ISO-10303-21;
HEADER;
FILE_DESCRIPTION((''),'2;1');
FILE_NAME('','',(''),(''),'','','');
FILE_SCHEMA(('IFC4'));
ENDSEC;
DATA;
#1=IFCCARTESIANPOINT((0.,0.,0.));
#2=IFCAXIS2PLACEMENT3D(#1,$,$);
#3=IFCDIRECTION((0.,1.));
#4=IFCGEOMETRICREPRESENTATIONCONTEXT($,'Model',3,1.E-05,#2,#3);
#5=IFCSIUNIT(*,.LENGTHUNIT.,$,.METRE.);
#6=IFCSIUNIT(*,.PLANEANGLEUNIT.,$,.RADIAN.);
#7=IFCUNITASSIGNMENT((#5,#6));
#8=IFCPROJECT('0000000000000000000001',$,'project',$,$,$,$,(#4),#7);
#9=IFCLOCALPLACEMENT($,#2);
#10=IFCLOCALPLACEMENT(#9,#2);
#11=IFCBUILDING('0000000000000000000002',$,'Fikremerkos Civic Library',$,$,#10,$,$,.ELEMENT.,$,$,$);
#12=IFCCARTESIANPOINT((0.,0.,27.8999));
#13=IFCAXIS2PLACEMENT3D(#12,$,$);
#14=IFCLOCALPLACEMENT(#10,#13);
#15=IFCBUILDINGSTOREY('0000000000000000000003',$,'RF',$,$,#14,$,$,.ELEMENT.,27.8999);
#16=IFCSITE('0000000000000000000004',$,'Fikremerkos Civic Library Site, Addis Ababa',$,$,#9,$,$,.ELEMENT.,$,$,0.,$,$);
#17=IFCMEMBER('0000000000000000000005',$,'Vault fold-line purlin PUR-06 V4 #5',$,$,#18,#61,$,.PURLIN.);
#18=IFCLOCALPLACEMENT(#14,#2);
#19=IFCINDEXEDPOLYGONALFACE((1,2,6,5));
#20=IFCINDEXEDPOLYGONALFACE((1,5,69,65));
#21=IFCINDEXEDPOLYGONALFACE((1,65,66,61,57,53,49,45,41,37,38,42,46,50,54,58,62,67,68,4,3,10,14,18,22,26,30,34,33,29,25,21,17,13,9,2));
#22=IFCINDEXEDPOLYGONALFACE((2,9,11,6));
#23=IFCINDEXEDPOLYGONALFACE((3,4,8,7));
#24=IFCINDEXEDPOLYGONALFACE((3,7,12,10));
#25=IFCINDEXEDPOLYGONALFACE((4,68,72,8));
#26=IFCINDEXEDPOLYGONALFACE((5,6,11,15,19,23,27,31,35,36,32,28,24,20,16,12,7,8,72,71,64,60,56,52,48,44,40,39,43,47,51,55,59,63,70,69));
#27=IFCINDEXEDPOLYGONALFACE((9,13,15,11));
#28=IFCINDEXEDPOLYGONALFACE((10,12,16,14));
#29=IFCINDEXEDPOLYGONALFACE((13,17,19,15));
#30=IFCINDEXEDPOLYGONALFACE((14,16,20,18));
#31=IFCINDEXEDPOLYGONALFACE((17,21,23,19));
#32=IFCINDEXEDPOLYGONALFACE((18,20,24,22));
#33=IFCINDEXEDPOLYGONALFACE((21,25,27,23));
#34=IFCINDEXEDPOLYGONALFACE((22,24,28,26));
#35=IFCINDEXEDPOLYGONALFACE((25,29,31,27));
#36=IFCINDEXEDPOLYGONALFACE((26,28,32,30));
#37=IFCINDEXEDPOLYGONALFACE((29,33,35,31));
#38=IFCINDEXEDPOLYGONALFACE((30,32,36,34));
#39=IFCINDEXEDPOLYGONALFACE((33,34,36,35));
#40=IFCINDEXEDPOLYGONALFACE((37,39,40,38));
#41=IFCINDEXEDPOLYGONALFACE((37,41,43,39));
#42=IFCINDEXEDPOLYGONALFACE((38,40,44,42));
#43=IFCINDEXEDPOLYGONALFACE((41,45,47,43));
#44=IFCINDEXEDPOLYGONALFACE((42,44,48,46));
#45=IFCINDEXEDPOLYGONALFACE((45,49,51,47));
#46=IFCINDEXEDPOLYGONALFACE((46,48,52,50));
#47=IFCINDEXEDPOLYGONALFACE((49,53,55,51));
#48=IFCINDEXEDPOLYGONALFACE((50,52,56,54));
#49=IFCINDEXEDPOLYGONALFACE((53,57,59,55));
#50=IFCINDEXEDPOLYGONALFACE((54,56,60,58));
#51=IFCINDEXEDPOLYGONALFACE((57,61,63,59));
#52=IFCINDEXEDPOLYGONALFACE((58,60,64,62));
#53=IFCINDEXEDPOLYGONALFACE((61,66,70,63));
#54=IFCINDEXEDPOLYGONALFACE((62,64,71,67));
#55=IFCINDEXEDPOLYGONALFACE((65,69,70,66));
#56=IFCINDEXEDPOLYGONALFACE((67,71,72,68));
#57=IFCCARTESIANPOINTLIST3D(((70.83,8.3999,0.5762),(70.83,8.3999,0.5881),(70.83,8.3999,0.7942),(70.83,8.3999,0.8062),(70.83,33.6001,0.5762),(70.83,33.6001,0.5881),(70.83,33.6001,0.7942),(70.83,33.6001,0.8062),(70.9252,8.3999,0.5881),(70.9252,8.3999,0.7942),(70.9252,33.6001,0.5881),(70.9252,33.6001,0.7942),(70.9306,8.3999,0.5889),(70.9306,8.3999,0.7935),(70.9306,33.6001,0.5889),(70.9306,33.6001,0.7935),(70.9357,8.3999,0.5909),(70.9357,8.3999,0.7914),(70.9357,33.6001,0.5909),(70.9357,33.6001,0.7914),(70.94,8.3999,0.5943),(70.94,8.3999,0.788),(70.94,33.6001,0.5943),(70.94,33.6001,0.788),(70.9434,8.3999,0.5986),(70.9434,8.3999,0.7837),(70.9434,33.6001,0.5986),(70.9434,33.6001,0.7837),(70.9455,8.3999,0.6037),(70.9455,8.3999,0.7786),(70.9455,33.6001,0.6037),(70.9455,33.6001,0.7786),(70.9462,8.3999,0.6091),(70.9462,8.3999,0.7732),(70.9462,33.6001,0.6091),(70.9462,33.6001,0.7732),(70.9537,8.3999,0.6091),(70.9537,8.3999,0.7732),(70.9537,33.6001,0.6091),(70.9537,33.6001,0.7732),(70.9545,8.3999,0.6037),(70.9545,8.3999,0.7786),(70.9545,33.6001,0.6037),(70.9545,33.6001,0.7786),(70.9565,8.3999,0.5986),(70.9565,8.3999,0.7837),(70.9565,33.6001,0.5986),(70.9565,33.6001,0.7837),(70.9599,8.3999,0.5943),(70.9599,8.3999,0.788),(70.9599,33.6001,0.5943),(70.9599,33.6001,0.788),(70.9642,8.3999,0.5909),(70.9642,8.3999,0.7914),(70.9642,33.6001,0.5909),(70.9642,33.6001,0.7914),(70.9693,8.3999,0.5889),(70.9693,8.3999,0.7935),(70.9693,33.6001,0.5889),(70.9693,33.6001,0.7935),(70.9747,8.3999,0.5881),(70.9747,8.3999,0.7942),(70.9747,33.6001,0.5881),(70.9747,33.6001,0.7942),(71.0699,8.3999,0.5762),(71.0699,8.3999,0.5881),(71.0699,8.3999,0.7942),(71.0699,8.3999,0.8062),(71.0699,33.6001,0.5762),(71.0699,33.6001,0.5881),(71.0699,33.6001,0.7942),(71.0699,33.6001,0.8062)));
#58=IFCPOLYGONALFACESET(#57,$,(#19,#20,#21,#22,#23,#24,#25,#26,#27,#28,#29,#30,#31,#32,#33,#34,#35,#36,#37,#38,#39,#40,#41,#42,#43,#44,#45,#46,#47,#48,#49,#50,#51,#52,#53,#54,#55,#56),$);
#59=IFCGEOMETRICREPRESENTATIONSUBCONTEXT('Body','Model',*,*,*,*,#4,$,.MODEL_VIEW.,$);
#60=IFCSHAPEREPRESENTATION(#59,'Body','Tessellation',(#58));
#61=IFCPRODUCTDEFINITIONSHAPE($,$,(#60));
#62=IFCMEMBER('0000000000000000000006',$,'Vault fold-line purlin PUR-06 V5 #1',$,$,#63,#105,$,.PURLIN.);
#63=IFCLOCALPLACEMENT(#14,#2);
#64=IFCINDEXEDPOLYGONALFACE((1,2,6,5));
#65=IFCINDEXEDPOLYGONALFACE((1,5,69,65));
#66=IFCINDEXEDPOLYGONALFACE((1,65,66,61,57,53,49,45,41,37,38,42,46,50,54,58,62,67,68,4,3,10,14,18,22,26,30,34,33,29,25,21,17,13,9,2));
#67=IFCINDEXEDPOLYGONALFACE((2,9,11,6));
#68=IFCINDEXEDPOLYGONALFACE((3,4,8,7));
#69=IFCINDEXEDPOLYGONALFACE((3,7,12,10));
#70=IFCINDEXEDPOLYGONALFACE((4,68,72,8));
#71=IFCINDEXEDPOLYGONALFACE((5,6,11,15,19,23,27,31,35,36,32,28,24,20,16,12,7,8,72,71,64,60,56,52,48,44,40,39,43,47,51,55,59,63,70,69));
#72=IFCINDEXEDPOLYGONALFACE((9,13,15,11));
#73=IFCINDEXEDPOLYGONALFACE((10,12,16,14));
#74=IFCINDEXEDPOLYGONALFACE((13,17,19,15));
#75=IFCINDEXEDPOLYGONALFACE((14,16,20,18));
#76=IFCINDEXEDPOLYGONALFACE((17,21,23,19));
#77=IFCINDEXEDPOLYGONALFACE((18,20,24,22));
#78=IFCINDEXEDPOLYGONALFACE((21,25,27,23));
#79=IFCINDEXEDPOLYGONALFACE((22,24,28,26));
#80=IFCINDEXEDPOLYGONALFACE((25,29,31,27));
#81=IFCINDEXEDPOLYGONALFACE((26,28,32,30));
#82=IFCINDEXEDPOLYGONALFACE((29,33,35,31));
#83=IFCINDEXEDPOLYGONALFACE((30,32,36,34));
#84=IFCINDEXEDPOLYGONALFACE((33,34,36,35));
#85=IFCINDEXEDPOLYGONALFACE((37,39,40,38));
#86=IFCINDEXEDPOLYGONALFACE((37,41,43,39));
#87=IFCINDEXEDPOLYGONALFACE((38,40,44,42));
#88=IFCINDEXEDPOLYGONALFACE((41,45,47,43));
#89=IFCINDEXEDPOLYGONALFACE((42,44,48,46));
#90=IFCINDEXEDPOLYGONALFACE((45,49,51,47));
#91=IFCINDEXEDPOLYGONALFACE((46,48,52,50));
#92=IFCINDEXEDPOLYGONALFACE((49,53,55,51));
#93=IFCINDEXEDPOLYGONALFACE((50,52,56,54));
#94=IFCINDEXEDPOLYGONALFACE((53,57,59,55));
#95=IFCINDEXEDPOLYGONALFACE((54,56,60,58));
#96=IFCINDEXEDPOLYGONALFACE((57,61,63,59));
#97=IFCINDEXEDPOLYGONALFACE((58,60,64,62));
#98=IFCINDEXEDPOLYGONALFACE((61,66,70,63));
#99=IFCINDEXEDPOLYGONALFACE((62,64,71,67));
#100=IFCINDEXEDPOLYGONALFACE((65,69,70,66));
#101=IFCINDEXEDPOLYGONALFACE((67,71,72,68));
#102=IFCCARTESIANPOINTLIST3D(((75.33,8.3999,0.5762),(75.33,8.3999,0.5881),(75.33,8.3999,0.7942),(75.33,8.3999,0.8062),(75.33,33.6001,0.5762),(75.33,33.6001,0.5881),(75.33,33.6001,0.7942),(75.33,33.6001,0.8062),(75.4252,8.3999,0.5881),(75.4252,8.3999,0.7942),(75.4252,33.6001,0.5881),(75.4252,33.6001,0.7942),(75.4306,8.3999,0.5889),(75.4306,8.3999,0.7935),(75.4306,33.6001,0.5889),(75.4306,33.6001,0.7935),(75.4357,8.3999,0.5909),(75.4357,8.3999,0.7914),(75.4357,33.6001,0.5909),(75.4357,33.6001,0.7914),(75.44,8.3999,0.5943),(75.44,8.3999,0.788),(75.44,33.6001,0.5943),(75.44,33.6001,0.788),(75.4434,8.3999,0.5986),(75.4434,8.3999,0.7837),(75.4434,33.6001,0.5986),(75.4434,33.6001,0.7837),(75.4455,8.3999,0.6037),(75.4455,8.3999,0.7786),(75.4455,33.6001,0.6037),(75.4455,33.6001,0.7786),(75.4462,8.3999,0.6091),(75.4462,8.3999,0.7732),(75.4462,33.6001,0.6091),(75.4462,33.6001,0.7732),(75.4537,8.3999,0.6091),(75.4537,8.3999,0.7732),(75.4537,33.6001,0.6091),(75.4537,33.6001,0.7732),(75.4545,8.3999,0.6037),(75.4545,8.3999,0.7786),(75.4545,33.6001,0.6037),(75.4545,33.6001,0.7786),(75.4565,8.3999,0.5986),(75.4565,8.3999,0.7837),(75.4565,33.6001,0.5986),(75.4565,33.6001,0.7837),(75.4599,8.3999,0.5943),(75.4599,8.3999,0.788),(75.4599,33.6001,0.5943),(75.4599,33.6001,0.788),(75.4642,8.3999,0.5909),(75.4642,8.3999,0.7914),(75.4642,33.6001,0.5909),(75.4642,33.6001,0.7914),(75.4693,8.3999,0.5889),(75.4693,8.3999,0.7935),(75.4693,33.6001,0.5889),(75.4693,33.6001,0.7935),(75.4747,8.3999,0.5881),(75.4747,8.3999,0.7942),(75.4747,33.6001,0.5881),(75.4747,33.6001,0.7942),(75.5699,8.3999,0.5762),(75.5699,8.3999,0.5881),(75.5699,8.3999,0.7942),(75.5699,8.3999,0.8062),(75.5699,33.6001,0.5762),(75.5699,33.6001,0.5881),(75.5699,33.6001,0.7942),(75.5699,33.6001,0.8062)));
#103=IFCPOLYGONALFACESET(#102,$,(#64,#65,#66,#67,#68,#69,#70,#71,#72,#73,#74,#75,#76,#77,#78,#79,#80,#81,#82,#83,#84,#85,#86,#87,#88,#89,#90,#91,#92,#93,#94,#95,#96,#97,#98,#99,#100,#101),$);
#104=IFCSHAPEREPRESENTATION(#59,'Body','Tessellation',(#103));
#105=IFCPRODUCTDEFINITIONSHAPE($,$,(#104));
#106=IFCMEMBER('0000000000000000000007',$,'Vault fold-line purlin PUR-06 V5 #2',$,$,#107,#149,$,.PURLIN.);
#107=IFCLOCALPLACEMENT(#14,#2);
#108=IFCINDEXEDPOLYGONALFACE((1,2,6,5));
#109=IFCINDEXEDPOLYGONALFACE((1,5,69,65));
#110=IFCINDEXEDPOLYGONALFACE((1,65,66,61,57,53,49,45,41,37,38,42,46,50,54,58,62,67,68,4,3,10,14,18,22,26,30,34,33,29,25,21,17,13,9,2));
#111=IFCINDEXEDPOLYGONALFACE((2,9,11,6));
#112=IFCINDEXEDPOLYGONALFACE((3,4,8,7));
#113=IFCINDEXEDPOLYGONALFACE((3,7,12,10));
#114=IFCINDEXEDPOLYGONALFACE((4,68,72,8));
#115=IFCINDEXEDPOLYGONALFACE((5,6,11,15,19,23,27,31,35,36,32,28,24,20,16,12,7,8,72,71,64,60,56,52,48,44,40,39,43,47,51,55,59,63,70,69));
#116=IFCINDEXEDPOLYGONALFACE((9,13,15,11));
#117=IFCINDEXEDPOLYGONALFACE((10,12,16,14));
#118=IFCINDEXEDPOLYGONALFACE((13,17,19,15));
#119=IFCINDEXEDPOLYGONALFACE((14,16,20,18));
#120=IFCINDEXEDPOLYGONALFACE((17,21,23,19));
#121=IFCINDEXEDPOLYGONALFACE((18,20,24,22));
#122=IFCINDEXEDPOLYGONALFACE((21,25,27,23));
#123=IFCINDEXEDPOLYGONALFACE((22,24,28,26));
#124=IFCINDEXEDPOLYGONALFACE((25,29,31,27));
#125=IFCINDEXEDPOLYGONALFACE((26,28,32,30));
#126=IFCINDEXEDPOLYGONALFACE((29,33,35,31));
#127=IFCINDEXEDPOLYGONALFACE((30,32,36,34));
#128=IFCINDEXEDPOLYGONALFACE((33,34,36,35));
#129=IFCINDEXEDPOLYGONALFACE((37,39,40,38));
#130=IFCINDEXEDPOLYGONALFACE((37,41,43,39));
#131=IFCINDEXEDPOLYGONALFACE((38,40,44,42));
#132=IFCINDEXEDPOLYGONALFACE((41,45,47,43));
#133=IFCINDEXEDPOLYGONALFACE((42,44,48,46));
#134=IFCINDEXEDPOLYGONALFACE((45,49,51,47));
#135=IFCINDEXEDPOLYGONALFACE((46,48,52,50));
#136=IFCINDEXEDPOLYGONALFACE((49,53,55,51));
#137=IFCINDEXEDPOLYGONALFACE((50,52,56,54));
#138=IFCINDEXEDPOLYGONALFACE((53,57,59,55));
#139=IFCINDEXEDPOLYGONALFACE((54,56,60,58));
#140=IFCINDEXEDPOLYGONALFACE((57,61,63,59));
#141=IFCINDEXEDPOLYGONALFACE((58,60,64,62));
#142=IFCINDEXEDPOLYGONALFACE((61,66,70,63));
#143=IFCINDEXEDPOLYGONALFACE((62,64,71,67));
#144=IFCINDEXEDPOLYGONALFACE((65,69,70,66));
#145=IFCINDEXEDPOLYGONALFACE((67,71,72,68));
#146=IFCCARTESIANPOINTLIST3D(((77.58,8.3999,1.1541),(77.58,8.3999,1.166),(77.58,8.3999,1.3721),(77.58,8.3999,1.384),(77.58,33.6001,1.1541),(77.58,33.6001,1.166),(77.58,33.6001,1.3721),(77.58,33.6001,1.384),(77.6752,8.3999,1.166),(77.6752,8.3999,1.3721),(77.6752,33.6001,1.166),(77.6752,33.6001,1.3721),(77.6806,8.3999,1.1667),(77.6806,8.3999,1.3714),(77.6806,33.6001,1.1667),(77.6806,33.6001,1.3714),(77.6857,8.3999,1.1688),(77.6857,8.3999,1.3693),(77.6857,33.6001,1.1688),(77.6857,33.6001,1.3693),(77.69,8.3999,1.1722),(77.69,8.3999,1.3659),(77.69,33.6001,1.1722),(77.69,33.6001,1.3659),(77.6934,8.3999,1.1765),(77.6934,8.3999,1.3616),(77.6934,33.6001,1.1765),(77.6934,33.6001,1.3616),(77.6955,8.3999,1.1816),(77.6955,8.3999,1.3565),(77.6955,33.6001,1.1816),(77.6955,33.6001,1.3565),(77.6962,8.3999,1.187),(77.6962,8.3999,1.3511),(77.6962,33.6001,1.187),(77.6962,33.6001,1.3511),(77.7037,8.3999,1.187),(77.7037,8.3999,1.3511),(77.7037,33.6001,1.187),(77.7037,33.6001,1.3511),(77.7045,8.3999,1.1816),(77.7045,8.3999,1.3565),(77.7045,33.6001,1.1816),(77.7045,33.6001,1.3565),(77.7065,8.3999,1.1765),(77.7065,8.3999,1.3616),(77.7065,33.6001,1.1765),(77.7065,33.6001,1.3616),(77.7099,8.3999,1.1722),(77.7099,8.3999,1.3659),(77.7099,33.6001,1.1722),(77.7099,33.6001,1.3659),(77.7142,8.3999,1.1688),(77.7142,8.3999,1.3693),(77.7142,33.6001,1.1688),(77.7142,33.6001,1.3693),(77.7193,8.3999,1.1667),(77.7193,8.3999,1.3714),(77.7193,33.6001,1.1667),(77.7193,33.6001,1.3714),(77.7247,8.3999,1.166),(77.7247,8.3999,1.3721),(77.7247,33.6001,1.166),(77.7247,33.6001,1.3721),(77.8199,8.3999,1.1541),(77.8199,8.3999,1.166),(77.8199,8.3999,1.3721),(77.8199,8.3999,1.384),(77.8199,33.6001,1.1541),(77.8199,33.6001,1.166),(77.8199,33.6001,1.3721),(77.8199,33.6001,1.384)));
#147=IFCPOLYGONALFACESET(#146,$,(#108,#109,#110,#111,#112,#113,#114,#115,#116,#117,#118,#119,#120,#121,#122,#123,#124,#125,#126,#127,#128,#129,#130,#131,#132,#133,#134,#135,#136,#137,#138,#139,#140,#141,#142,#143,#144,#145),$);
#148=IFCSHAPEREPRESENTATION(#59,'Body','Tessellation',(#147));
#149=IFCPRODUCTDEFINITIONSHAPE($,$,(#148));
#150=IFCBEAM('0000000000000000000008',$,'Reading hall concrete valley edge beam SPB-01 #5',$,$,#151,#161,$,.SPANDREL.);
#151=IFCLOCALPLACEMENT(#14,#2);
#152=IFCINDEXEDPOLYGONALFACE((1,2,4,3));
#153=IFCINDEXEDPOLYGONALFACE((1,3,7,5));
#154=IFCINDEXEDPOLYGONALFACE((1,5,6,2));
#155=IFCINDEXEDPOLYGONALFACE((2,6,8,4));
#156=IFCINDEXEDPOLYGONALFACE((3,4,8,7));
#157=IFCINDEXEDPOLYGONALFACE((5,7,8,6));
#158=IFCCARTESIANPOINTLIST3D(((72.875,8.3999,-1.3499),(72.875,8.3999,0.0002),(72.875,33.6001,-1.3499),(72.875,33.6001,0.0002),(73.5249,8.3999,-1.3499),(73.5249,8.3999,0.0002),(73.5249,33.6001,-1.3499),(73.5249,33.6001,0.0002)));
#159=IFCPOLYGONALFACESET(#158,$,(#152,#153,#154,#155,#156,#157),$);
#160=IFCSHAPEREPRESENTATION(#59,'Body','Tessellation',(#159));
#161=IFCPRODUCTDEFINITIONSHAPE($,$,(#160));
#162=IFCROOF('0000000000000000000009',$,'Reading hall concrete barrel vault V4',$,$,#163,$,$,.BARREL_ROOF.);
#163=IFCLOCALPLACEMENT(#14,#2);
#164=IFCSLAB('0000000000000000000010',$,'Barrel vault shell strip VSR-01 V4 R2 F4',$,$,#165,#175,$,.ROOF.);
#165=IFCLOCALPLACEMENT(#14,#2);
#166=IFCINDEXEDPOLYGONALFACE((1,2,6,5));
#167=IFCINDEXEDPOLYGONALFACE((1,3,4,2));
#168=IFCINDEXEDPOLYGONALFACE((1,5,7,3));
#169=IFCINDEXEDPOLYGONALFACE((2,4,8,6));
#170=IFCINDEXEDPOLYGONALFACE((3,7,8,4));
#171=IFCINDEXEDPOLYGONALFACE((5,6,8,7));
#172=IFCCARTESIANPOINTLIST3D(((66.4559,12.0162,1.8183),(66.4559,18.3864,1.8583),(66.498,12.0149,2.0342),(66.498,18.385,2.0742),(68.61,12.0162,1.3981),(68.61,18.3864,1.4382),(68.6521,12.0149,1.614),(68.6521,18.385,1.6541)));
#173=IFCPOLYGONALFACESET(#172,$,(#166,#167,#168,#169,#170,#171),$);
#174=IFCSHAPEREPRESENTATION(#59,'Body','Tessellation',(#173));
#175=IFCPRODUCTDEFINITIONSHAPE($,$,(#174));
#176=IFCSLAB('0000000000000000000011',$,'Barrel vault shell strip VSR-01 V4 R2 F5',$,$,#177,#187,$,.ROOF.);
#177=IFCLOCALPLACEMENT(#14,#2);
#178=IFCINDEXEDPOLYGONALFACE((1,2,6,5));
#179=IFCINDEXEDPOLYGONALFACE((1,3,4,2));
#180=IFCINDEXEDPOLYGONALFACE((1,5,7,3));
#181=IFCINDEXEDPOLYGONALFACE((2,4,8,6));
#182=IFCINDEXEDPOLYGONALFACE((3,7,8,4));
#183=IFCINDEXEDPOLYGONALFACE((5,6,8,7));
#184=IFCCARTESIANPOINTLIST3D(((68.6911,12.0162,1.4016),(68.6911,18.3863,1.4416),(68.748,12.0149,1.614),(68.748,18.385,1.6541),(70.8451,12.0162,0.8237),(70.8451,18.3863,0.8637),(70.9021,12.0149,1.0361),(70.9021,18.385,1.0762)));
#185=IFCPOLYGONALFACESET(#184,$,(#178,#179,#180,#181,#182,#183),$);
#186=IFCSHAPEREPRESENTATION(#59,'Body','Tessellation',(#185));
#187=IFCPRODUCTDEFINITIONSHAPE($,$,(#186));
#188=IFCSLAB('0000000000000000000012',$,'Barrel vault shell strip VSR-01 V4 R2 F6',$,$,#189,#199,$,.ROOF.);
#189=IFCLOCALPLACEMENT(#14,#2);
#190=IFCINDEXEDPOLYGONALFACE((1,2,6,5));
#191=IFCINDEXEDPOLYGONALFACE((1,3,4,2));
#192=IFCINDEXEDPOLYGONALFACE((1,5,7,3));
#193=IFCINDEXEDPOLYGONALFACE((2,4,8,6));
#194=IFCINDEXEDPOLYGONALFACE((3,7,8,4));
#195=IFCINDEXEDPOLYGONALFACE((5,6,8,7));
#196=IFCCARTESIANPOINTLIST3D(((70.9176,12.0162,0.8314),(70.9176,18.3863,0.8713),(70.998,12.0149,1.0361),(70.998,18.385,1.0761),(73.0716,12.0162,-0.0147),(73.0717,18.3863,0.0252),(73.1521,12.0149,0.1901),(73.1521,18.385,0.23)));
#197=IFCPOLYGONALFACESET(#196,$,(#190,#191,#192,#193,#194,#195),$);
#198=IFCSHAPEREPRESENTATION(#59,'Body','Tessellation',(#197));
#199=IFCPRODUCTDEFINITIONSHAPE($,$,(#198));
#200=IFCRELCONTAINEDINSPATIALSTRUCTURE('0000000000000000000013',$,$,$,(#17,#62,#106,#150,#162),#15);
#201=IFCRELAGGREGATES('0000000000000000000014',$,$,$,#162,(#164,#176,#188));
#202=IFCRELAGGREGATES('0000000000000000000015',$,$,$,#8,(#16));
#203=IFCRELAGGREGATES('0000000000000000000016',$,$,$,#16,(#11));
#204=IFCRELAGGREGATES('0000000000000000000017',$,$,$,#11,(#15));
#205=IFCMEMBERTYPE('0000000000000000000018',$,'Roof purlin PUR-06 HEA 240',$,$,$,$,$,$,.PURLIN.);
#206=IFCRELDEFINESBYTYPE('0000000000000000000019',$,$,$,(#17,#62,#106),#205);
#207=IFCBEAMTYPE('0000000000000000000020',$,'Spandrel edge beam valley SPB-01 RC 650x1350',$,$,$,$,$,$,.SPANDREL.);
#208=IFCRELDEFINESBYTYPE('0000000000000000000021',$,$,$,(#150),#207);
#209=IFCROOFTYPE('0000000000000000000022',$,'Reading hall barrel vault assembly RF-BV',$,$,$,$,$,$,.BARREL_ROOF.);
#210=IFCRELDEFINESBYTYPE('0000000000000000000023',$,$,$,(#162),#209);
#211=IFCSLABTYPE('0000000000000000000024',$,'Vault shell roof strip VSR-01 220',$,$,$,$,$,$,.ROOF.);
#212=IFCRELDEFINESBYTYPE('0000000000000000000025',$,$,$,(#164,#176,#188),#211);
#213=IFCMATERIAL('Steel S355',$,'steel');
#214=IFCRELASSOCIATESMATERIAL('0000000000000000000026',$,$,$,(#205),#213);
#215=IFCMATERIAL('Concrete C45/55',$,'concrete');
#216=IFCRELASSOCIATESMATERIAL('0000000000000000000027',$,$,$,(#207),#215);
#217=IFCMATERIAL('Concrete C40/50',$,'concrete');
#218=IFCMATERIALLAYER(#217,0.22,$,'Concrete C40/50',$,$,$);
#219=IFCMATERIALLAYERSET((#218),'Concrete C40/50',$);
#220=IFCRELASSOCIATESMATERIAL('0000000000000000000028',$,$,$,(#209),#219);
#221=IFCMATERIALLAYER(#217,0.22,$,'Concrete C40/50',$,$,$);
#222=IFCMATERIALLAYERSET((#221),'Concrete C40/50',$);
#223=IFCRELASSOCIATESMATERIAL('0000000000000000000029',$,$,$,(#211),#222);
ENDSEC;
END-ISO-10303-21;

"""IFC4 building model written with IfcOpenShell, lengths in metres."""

from ifc_helpers import new_model, si_unit, direction, frame, origin, origin_2d, place, context, subcontext, project, spatial, polyline, rectangle, i_section, outline, extrude, material, layer, layer_set, material_profile, profile_set, type_object, element, aggregate, save


model = new_model("IFC4")

# Units and contexts
model_context = context("Model", 3, precision=1e-05, world=origin(), true_north=direction((0.0, 1.0)))
body_context = subcontext(model_context, "Body", "Model", "MODEL_VIEW")
ifc_project = project(units=[si_unit("LENGTHUNIT", "METRE"), si_unit("PLANEANGLEUNIT", "RADIAN")], contexts=[model_context])

# Site, building, storey
site_placement = place(None, origin())
site = spatial("IfcSite", under=ifc_project, at=site_placement, Name="Fikremerkos Civic Library Site, Addis Ababa", CompositionType="ELEMENT", RefElevation=0.0)
building_placement = place(site_placement, origin())
building = spatial("IfcBuilding", under=site, at=building_placement, Name="Fikremerkos Civic Library", CompositionType="ELEMENT")
storey_placement = place(building_placement, frame((0.0, 0.0, 27.8999)))
storey = spatial("IfcBuildingStorey", under=building, at=storey_placement, Name="RF", CompositionType="ELEMENT", Elevation=27.8999)

# Shared definitions
ifc_material_1 = material(Name="Steel S355", Category="steel")

# Shared definitions
ifc_material_2 = material(Name="Concrete C45/55", Category="concrete")

# Members
ifc_material_profile_1 = material_profile(ifc_material_1, i_section(OverallWidth=0.24, OverallDepth=0.23, WebThickness=0.0076, FlangeThickness=0.012, FilletRadius=0.021, at=origin_2d()), Name="HEA 240")
ifc_profile_set_1 = profile_set([ifc_material_profile_1], Name="Steel S355")
member_type_1 = type_object("IfcMemberType", Name="Roof purlin PUR-06 HEA 240", PredefinedType="PURLIN", material=ifc_profile_set_1)
for number, where, z_axis, x_axis, name in (
    (1, (70.95, 8.3999, 0.6912), (0.0, 1.0, 0.0), (-1.0, 0.0, 0.0), "Vault fold-line purlin PUR-06 V4 #5"),
    (2, (75.45, 8.3999, 0.6912), (0.0, 1.0, 0.0), (-1.0, 0.0, 0.0), "Vault fold-line purlin PUR-06 V5 #1"),
    (3, (77.7, 8.3999, 1.269), (0.0, 1.0, 0.0), (-1.0, 0.0, 0.0), "Vault fold-line purlin PUR-06 V5 #2"),
):
    element("IfcMember", number, at=place(storey_placement, frame(where, z_axis=z_axis, x_axis=x_axis)), inside=storey, type_object=member_type_1, Name=name, PredefinedType="PURLIN", context=body_context, shape_type="SweptSolid", body=[
        extrude(i_section(OverallWidth=0.24, OverallDepth=0.23, WebThickness=0.0076, FlangeThickness=0.012, FilletRadius=0.021, at=origin_2d()), origin(), (0.0, 0.0, 1.0), 25.2002),
    ])

# Beam
ifc_material_profile_2 = material_profile(ifc_material_2, rectangle(XDim=0.6499, YDim=1.3501, at=origin_2d()), Name="RC 650x1350")
ifc_profile_set_2 = profile_set([ifc_material_profile_2], Name="Concrete C45/55")
beam_type_1 = type_object("IfcBeamType", Name="Spandrel edge beam valley SPB-01 RC 650x1350", PredefinedType="SPANDREL", material=ifc_profile_set_2)
beam_1_placement = place(storey_placement, frame((73.2, 8.3999, -0.6748), z_axis=(0.0, 1.0, 0.0), x_axis=(-1.0, 0.0, 0.0)))
element("IfcBeam", 4, at=beam_1_placement, inside=storey, type_object=beam_type_1, Name="Reading hall concrete valley edge beam SPB-01 #5", PredefinedType="SPANDREL", context=body_context, shape_type="SweptSolid", body=[
    extrude(rectangle(XDim=0.6499, YDim=1.3501, at=origin_2d()), origin(), (0.0, 0.0, 1.0), 25.2002),
])

# Roof, slabs
ifc_material_3 = material(Name="Concrete C40/50", Category="concrete")
ifc_layer_1 = layer(ifc_material_3, 0.22, Name="Concrete C40/50")
ifc_layer_set_1 = layer_set([ifc_layer_1], Name="Concrete C40/50")
roof_type = type_object("IfcRoofType", Name="Reading hall barrel vault assembly RF-BV", PredefinedType="BARREL_ROOF", material=ifc_layer_set_1)
roof_1_placement = place(storey_placement, origin())
roof_1 = element("IfcRoof", 5, at=roof_1_placement, inside=storey, type_object=roof_type, Name="Reading hall concrete barrel vault V4", PredefinedType="BARREL_ROOF")
ifc_layer_2 = layer(ifc_material_3, 0.22, Name="Concrete C40/50")
ifc_layer_set_2 = layer_set([ifc_layer_2], Name="Concrete C40/50")
slab_type_1 = type_object("IfcSlabType", Name="Vault shell roof strip VSR-01 220", PredefinedType="ROOF", material=ifc_layer_set_2)
slab_1_placement = place(storey_placement, frame((66.498, 12.0149, 2.0342), z_axis=(0.191447, -0.006169, 0.981484), x_axis=(0.981502, 0.0, -0.19145)))
slab_1 = element("IfcSlab", 6, at=slab_1_placement, type_object=slab_type_1, Name="Barrel vault shell strip VSR-01 V4 R2 F4", PredefinedType="ROOF", context=body_context, shape_type="SweptSolid", body=[
    extrude(outline(polyline([(0.0, 0.0), (2.1946, 0.0), (2.187, 6.3702), (-0.0077, 6.3702), (0.0, 0.0)])), origin(), (0.0, 0.0, -1.0), 0.22),
])
slab_2_placement = place(storey_placement, frame((68.748, 12.0149, 1.614), z_axis=(0.259109, -0.006071, 0.965829), x_axis=(0.965847, 0.0, -0.259114)))
slab_2 = element("IfcSlab", 7, at=slab_2_placement, type_object=slab_type_1, Name="Barrel vault shell strip VSR-01 V4 R2 F5", PredefinedType="ROOF", context=body_context, shape_type="SweptSolid", body=[
    extrude(outline(polyline([(0.0, 0.0), (2.2302, 0.0), (2.2198, 6.3702), (-0.0104, 6.3702), (0.0, 0.0)])), origin(), (0.0, 0.0, -1.0), 0.22),
])
slab_3_placement = place(storey_placement, frame((70.998, 12.0149, 1.0361), z_axis=(0.365584, -0.005832, 0.93076), x_axis=(0.930776, 0.0, -0.36559)))
slab_3 = element("IfcSlab", 8, at=slab_3_placement, type_object=slab_type_1, Name="Barrel vault shell strip VSR-01 V4 R2 F6", PredefinedType="ROOF", context=body_context, shape_type="SweptSolid", body=[
    extrude(outline(polyline([(0.0, 0.0), (2.3142, 0.0), (2.2997, 6.3702), (-0.0146, 6.3702), (0.0, 0.0)])), origin(), (0.0, 0.0, -1.0), 0.22),
])

aggregate(roof_1, [slab_1, slab_2, slab_3])

save(model, "model.ifc")
